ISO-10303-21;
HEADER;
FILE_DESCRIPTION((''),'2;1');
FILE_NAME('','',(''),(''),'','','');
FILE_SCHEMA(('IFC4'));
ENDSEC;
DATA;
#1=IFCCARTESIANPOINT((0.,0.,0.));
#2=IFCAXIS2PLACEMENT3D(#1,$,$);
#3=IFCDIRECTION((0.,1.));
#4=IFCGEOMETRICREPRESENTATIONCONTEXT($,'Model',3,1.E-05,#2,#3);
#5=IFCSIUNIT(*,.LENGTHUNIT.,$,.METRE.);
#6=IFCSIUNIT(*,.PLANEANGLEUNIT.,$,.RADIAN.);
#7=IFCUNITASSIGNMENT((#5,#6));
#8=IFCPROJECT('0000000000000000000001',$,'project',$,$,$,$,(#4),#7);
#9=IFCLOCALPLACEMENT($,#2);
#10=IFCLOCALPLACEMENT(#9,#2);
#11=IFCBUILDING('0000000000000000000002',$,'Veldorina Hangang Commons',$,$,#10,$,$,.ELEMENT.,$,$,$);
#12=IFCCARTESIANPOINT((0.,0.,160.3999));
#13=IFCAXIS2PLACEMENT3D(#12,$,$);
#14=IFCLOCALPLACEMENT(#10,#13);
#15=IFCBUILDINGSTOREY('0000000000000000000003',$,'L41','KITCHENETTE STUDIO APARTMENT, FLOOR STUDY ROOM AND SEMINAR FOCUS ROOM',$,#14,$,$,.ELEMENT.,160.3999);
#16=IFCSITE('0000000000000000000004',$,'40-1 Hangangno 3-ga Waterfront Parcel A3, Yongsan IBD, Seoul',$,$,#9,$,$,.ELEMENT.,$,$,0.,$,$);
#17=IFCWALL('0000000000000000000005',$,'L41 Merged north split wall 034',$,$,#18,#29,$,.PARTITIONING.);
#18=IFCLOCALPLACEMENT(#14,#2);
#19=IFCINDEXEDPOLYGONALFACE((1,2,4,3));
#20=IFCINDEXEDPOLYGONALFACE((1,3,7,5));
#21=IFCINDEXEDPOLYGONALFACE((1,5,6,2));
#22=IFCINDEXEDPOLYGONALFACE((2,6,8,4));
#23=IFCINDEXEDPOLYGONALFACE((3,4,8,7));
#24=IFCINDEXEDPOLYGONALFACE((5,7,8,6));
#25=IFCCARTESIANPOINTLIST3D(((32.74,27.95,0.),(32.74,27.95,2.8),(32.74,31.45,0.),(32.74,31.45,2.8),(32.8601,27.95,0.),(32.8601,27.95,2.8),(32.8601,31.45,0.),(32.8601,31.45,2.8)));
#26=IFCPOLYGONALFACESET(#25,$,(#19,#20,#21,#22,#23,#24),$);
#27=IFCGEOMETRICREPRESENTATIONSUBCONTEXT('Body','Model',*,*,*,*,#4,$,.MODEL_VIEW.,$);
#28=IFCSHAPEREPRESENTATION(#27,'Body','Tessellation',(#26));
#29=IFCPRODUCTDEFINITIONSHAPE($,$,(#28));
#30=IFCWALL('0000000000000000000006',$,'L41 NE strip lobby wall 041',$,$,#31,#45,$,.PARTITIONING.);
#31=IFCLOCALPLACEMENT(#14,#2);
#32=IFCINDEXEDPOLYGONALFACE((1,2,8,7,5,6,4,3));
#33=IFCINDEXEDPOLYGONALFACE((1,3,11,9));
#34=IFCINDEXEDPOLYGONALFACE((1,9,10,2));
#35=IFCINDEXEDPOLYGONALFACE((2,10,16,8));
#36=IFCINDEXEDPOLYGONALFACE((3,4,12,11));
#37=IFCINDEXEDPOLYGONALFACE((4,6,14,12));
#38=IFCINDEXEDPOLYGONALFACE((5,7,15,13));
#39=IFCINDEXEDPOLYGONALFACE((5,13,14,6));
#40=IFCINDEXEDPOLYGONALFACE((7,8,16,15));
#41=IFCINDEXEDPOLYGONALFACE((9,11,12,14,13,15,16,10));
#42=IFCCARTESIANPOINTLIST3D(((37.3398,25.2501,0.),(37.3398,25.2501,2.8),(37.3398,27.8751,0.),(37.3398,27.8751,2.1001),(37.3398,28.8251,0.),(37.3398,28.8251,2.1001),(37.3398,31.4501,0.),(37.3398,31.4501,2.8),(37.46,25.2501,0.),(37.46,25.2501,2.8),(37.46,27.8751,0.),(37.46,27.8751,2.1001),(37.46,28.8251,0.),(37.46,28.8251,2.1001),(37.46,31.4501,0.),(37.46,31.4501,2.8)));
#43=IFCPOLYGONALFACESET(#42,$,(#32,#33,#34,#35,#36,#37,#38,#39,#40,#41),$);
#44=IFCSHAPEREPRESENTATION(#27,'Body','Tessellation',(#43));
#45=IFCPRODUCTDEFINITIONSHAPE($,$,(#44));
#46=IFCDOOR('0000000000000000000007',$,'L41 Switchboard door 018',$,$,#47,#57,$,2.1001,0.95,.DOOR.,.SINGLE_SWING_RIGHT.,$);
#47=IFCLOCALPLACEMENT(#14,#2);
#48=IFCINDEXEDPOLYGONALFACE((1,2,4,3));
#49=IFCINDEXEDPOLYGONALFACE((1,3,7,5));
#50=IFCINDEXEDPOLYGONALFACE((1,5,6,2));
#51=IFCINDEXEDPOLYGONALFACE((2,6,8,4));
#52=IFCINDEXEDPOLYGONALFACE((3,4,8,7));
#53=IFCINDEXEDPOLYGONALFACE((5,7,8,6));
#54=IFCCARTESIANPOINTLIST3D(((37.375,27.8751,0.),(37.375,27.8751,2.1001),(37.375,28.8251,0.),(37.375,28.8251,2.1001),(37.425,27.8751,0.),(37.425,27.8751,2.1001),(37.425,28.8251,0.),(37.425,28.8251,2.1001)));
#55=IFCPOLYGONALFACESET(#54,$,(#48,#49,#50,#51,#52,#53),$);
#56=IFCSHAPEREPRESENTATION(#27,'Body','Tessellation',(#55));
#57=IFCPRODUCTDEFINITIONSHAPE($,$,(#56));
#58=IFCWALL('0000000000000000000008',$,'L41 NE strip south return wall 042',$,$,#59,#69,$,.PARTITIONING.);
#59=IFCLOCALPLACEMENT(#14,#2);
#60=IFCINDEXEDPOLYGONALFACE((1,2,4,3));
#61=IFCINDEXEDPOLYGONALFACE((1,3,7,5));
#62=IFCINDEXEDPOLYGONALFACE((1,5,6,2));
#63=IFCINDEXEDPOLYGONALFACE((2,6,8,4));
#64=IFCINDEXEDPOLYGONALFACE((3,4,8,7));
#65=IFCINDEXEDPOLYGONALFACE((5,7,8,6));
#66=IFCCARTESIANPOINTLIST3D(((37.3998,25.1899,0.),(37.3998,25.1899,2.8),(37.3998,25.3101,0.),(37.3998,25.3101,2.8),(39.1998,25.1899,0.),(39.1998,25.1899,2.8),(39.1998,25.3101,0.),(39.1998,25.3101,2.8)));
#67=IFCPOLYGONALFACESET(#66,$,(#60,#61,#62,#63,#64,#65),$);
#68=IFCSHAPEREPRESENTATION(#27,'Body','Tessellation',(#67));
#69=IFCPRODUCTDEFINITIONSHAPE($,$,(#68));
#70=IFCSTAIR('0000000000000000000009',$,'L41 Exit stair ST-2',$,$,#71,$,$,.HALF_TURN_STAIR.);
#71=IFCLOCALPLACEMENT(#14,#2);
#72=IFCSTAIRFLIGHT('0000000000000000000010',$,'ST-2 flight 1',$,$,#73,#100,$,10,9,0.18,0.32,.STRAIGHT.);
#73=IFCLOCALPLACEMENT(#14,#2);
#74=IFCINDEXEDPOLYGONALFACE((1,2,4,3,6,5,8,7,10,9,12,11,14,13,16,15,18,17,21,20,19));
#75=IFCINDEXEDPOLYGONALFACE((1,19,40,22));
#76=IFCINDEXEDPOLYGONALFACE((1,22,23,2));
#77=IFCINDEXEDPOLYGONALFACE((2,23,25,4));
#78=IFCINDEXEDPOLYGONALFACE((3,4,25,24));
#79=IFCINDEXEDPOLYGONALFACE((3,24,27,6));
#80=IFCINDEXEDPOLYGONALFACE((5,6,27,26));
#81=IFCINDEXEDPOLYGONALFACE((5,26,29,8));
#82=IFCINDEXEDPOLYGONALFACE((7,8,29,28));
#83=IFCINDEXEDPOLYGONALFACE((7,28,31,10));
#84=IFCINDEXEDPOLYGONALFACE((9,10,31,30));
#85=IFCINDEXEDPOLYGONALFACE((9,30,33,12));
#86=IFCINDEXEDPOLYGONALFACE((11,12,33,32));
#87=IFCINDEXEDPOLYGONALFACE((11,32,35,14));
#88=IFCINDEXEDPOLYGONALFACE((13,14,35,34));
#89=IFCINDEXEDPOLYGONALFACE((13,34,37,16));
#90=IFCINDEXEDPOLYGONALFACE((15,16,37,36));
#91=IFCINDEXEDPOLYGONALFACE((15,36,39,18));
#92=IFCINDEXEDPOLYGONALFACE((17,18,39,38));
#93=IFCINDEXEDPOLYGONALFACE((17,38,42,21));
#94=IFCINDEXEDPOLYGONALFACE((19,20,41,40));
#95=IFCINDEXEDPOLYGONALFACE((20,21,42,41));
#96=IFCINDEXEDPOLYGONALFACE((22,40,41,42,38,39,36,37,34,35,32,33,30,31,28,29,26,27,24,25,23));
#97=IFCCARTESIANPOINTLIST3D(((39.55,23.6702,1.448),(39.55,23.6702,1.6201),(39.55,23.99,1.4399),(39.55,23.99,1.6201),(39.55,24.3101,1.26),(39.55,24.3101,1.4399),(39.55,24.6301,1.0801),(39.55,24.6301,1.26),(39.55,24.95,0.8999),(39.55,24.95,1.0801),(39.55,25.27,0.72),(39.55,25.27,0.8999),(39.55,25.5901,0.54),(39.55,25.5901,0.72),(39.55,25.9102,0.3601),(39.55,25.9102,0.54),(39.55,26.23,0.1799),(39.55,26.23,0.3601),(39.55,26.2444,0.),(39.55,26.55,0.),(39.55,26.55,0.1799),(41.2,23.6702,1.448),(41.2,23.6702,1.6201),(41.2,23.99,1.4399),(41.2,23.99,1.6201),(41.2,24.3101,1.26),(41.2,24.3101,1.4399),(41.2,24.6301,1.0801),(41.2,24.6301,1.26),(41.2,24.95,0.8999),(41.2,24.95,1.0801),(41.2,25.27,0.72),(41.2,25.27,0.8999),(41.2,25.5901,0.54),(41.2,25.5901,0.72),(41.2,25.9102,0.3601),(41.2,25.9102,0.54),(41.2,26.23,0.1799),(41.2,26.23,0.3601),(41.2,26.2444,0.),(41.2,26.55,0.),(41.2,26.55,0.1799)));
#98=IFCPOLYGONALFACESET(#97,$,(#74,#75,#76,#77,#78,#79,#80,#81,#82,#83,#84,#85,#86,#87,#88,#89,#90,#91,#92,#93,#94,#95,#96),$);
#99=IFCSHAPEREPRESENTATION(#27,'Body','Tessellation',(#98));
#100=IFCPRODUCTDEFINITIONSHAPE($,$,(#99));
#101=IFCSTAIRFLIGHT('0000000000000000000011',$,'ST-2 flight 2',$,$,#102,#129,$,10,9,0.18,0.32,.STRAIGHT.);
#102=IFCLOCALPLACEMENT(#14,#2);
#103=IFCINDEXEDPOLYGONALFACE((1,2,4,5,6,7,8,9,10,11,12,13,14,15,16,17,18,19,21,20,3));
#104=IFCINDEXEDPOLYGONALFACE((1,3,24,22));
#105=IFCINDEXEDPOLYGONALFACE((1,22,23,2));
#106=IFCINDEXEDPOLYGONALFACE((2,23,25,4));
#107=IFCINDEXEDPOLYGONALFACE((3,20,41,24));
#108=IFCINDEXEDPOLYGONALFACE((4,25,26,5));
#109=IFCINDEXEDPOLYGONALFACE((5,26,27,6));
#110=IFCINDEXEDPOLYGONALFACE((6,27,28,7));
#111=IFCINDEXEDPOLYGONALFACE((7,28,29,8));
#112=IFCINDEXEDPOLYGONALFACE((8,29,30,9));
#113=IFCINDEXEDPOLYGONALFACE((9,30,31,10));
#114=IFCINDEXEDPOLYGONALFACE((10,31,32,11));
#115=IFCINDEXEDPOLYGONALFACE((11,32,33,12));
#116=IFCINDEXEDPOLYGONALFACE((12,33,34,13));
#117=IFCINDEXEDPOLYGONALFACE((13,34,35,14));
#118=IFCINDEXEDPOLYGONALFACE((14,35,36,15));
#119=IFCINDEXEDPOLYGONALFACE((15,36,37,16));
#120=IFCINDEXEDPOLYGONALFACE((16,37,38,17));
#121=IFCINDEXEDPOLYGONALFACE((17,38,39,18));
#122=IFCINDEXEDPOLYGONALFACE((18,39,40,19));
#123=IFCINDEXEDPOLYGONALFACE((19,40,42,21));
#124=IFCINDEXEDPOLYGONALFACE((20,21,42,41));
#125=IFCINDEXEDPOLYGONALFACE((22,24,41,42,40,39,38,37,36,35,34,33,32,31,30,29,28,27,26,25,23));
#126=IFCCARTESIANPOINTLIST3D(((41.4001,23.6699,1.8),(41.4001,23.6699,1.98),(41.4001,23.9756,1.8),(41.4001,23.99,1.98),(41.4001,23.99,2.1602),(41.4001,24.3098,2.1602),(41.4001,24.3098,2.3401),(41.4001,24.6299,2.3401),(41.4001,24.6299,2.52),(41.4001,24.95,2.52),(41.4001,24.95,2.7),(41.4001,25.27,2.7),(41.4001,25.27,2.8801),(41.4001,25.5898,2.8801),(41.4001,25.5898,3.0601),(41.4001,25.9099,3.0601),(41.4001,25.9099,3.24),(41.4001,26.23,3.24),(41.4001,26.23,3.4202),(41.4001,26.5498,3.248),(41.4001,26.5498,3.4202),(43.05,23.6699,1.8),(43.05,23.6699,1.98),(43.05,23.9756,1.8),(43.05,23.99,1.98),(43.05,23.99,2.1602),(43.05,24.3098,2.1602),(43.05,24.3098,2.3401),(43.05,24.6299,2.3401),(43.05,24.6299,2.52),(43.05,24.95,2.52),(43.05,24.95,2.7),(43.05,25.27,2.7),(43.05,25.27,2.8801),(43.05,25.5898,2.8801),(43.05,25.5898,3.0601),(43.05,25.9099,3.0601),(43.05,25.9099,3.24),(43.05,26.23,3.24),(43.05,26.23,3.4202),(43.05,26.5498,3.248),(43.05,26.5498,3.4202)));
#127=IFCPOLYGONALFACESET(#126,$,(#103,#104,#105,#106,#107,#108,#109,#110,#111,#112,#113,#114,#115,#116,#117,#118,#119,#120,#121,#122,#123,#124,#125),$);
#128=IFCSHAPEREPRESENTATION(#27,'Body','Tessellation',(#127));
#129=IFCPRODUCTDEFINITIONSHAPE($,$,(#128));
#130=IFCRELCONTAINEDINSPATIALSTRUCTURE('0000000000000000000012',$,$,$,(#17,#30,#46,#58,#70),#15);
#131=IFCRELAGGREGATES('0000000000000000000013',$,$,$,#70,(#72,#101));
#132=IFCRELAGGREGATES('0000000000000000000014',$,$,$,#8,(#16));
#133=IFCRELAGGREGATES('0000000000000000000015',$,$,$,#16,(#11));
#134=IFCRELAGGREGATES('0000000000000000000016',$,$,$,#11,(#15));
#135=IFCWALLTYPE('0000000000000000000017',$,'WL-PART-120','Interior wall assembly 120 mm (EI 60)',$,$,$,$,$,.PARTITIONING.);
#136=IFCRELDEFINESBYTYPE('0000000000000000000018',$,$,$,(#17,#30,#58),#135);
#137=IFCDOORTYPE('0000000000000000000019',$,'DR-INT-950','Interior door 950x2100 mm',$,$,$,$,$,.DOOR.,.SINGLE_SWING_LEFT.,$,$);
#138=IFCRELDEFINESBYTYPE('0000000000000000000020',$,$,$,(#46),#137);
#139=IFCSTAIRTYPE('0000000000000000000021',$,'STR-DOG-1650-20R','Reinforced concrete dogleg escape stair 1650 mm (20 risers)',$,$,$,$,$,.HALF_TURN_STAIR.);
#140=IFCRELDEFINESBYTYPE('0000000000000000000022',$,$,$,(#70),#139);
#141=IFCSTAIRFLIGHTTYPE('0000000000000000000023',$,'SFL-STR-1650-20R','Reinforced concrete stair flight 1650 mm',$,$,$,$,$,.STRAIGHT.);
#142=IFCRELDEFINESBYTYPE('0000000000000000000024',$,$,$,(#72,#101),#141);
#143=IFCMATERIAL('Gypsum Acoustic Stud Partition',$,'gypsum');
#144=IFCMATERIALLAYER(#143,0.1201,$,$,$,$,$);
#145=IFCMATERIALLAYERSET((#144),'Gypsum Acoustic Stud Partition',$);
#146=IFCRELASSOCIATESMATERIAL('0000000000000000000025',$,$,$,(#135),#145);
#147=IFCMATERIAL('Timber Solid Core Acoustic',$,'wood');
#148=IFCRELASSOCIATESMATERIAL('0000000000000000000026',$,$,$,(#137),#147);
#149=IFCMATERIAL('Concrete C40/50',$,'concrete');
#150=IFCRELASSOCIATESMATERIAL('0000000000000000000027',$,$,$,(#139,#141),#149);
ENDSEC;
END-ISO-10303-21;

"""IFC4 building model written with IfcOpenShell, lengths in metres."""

from ifc_helpers import new_model, si_unit, direction, frame, frame_2d, origin, place, context, subcontext, project, spatial, polyline, rectangle, outline, extrude, material, layer, layer_set, type_object, element, fill, aggregate, save


model = new_model("IFC4")

# Units and contexts
model_context = context("Model", 3, precision=1e-05, world=origin(), true_north=direction((0.0, 1.0)))
body_context = subcontext(model_context, "Body", "Model", "MODEL_VIEW")
ifc_project = project(units=[si_unit("LENGTHUNIT", "METRE"), si_unit("PLANEANGLEUNIT", "RADIAN")], contexts=[model_context])

# Site, building, storey
site_placement = place(None, origin())
site = spatial("IfcSite", under=ifc_project, at=site_placement, Name="40-1 Hangangno 3-ga Waterfront Parcel A3, Yongsan IBD, Seoul", CompositionType="ELEMENT", RefElevation=0.0)
building_placement = place(site_placement, origin())
building = spatial("IfcBuilding", under=site, at=building_placement, Name="Veldorina Hangang Commons", CompositionType="ELEMENT")
storey_placement = place(building_placement, frame((0.0, 0.0, 160.3999)))
storey = spatial("IfcBuildingStorey", under=building, at=storey_placement, Name="L41", Description="KITCHENETTE STUDIO APARTMENT, FLOOR STUDY ROOM AND SEMINAR FOCUS ROOM", CompositionType="ELEMENT", Elevation=160.3999)

# Shared definitions
ifc_material_1 = material(Name="Gypsum Acoustic Stud Partition", Category="gypsum")
ifc_layer_1 = layer(ifc_material_1, 0.1201)
ifc_layer_set_1 = layer_set([ifc_layer_1], Name="Gypsum Acoustic Stud Partition")
wall_type_1 = type_object("IfcWallType", Name="WL-PART-120", Description="Interior wall assembly 120 mm (EI 60)", PredefinedType="PARTITIONING", material=ifc_layer_set_1)
ifc_material_2 = material(Name="Timber Solid Core Acoustic", Category="wood")
door_type_1 = type_object("IfcDoorType", Name="DR-INT-950", Description="Interior door 950x2100 mm", OperationType="SINGLE_SWING_LEFT", PredefinedType="DOOR", material=ifc_material_2)

# Wall
wall_1_placement = place(storey_placement, frame((32.8, 27.95, 0.0), z_axis=(0.0, 0.0, 1.0), x_axis=(0.0, 1.0, 0.0)))
element("IfcWall", 1, at=wall_1_placement, inside=storey, type_object=wall_type_1, Name="L41 Merged north split wall 034", PredefinedType="PARTITIONING", context=body_context, shape_type="SweptSolid", body=[
    extrude(rectangle(XDim=3.5, YDim=0.1201, at=frame_2d((1.75, 0.0))), origin(), (0.0, 0.0, 1.0), 2.8),
])

# Wall, opening, door
wall_2_placement = place(storey_placement, frame((37.3999, 25.25, 0.0), z_axis=(0.0, 0.0, 1.0), x_axis=(0.0, 1.0, 0.0)))
wall_2 = element("IfcWall", 2, at=wall_2_placement, inside=storey, type_object=wall_type_1, Name="L41 NE strip lobby wall 041", PredefinedType="PARTITIONING", context=body_context, shape_type="SweptSolid", body=[
    extrude(rectangle(XDim=6.2, YDim=0.1201, at=frame_2d((3.1001, 0.0))), origin(), (0.0, 0.0, 1.0), 2.8),
])
opening_1_placement = place(wall_2_placement, frame((2.625, 0.0, 0.0)))
opening_1 = element("IfcOpeningElement", 3, at=opening_1_placement, cuts=wall_2, PredefinedType="OPENING", context=body_context, shape_type="SweptSolid", body=[
    extrude(rectangle(XDim=0.95, YDim=2.1001, at=frame_2d((0.4751, 1.05))), frame((0.0, 0.0701, 0.0), z_axis=(0.0, -1.0, 0.0), x_axis=(1.0, 0.0, 0.0)), (0.0, 0.0, 1.0), 0.1401),
])
door_1_placement = place(opening_1_placement, origin())
door_1 = element("IfcDoor", 4, at=door_1_placement, inside=storey, type_object=door_type_1, Name="L41 Switchboard door 018", OperationType="SINGLE_SWING_RIGHT", OverallHeight=2.1001, OverallWidth=0.95, PredefinedType="DOOR", context=body_context, shape_type="SweptSolid", body=[
    extrude(rectangle(XDim=0.95, YDim=2.1001, at=frame_2d((0.4751, 1.05))), frame((0.0, 0.0249, 0.0), z_axis=(0.0, -1.0, 0.0), x_axis=(1.0, 0.0, 0.0)), (0.0, 0.0, 1.0), 0.05),
])
fill(opening_1, door_1)

# Wall
wall_3_placement = place(storey_placement, frame((37.3999, 25.25, 0.0), z_axis=(0.0, 0.0, 1.0), x_axis=(1.0, 0.0, 0.0)))
element("IfcWall", 5, at=wall_3_placement, inside=storey, type_object=wall_type_1, Name="L41 NE strip south return wall 042", PredefinedType="PARTITIONING", context=body_context, shape_type="SweptSolid", body=[
    extrude(rectangle(XDim=1.8, YDim=0.1201, at=frame_2d((0.8999, 0.0))), origin(), (0.0, 0.0, 1.0), 2.8),
])

# Stair, stair flights
ifc_material_3 = material(Name="Concrete C40/50", Category="concrete")
stair_type = type_object("IfcStairType", Name="STR-DOG-1650-20R", Description="Reinforced concrete dogleg escape stair 1650 mm (20 risers)", PredefinedType="HALF_TURN_STAIR", material=ifc_material_3)
stair_placement = place(storey_placement, origin())
stair = element("IfcStair", 6, at=stair_placement, inside=storey, type_object=stair_type, Name="L41 Exit stair ST-2", PredefinedType="HALF_TURN_STAIR")
stair_flight_type = type_object("IfcStairFlightType", Name="SFL-STR-1650-20R", Description="Reinforced concrete stair flight 1650 mm", PredefinedType="STRAIGHT", material=ifc_material_3)
stair_flight_1_placement = place(storey_placement, frame((40.375, 26.55, 0.0), z_axis=(0.0, 0.0, 1.0), x_axis=(0.0, -1.0, 0.0)))
stair_flight_1 = element("IfcStairFlight", 7, at=stair_flight_1_placement, type_object=stair_flight_type, Name="ST-2 flight 1", NumberOfRisers=10, NumberOfTreads=9, PredefinedType="STRAIGHT", RiserHeight=0.18, TreadLength=0.32, context=body_context, shape_type="SweptSolid", body=[
    extrude(outline(polyline([(0.0, 0.0), (0.0, 0.1799), (0.3201, 0.1799), (0.3201, 0.3601), (0.6399, 0.3601), (0.6399, 0.54), (0.96, 0.54), (0.96, 0.72), (1.28, 0.72), (1.28, 0.8999), (1.6001, 0.8999), (1.6001, 1.0801), (1.9199, 1.0801), (1.9199, 1.26), (2.24, 1.26), (2.24, 1.4399), (2.5601, 1.4399), (2.5601, 1.6201), (2.8799, 1.6201), (2.8799, 1.8), (2.8799, 1.448), (0.3057, 0.0), (0.0, 0.0)])), frame((0.0, 0.825, 0.0), z_axis=(0.0, -1.0, 0.0), x_axis=(1.0, 0.0, 0.0)), (0.0, 0.0, 1.0), 1.6499),
])
stair_flight_2_placement = place(storey_placement, frame((42.2251, 23.6699, 1.8), z_axis=(0.0, 0.0, 1.0), x_axis=(0.0, 1.0, 0.0)))
stair_flight_2 = element("IfcStairFlight", 8, at=stair_flight_2_placement, type_object=stair_flight_type, Name="ST-2 flight 2", NumberOfRisers=10, NumberOfTreads=9, PredefinedType="STRAIGHT", RiserHeight=0.18, TreadLength=0.32, context=body_context, shape_type="SweptSolid", body=[
    extrude(outline(polyline([(0.0, 0.0), (0.0, 0.1799), (0.3201, 0.1799), (0.3201, 0.3601), (0.6399, 0.3601), (0.6399, 0.54), (0.96, 0.54), (0.96, 0.72), (1.28, 0.72), (1.28, 0.8999), (1.6001, 0.8999), (1.6001, 1.0801), (1.9199, 1.0801), (1.9199, 1.26), (2.24, 1.26), (2.24, 1.4399), (2.5601, 1.4399), (2.5601, 1.6201), (2.8799, 1.6201), (2.8799, 1.8), (2.8799, 1.448), (0.3057, 0.0), (0.0, 0.0)])), frame((0.0, 0.825, 0.0), z_axis=(0.0, -1.0, 0.0), x_axis=(1.0, 0.0, 0.0)), (0.0, 0.0, 1.0), 1.6499),
])
aggregate(stair, [stair_flight_1, stair_flight_2])

save(model, "model.ifc")
